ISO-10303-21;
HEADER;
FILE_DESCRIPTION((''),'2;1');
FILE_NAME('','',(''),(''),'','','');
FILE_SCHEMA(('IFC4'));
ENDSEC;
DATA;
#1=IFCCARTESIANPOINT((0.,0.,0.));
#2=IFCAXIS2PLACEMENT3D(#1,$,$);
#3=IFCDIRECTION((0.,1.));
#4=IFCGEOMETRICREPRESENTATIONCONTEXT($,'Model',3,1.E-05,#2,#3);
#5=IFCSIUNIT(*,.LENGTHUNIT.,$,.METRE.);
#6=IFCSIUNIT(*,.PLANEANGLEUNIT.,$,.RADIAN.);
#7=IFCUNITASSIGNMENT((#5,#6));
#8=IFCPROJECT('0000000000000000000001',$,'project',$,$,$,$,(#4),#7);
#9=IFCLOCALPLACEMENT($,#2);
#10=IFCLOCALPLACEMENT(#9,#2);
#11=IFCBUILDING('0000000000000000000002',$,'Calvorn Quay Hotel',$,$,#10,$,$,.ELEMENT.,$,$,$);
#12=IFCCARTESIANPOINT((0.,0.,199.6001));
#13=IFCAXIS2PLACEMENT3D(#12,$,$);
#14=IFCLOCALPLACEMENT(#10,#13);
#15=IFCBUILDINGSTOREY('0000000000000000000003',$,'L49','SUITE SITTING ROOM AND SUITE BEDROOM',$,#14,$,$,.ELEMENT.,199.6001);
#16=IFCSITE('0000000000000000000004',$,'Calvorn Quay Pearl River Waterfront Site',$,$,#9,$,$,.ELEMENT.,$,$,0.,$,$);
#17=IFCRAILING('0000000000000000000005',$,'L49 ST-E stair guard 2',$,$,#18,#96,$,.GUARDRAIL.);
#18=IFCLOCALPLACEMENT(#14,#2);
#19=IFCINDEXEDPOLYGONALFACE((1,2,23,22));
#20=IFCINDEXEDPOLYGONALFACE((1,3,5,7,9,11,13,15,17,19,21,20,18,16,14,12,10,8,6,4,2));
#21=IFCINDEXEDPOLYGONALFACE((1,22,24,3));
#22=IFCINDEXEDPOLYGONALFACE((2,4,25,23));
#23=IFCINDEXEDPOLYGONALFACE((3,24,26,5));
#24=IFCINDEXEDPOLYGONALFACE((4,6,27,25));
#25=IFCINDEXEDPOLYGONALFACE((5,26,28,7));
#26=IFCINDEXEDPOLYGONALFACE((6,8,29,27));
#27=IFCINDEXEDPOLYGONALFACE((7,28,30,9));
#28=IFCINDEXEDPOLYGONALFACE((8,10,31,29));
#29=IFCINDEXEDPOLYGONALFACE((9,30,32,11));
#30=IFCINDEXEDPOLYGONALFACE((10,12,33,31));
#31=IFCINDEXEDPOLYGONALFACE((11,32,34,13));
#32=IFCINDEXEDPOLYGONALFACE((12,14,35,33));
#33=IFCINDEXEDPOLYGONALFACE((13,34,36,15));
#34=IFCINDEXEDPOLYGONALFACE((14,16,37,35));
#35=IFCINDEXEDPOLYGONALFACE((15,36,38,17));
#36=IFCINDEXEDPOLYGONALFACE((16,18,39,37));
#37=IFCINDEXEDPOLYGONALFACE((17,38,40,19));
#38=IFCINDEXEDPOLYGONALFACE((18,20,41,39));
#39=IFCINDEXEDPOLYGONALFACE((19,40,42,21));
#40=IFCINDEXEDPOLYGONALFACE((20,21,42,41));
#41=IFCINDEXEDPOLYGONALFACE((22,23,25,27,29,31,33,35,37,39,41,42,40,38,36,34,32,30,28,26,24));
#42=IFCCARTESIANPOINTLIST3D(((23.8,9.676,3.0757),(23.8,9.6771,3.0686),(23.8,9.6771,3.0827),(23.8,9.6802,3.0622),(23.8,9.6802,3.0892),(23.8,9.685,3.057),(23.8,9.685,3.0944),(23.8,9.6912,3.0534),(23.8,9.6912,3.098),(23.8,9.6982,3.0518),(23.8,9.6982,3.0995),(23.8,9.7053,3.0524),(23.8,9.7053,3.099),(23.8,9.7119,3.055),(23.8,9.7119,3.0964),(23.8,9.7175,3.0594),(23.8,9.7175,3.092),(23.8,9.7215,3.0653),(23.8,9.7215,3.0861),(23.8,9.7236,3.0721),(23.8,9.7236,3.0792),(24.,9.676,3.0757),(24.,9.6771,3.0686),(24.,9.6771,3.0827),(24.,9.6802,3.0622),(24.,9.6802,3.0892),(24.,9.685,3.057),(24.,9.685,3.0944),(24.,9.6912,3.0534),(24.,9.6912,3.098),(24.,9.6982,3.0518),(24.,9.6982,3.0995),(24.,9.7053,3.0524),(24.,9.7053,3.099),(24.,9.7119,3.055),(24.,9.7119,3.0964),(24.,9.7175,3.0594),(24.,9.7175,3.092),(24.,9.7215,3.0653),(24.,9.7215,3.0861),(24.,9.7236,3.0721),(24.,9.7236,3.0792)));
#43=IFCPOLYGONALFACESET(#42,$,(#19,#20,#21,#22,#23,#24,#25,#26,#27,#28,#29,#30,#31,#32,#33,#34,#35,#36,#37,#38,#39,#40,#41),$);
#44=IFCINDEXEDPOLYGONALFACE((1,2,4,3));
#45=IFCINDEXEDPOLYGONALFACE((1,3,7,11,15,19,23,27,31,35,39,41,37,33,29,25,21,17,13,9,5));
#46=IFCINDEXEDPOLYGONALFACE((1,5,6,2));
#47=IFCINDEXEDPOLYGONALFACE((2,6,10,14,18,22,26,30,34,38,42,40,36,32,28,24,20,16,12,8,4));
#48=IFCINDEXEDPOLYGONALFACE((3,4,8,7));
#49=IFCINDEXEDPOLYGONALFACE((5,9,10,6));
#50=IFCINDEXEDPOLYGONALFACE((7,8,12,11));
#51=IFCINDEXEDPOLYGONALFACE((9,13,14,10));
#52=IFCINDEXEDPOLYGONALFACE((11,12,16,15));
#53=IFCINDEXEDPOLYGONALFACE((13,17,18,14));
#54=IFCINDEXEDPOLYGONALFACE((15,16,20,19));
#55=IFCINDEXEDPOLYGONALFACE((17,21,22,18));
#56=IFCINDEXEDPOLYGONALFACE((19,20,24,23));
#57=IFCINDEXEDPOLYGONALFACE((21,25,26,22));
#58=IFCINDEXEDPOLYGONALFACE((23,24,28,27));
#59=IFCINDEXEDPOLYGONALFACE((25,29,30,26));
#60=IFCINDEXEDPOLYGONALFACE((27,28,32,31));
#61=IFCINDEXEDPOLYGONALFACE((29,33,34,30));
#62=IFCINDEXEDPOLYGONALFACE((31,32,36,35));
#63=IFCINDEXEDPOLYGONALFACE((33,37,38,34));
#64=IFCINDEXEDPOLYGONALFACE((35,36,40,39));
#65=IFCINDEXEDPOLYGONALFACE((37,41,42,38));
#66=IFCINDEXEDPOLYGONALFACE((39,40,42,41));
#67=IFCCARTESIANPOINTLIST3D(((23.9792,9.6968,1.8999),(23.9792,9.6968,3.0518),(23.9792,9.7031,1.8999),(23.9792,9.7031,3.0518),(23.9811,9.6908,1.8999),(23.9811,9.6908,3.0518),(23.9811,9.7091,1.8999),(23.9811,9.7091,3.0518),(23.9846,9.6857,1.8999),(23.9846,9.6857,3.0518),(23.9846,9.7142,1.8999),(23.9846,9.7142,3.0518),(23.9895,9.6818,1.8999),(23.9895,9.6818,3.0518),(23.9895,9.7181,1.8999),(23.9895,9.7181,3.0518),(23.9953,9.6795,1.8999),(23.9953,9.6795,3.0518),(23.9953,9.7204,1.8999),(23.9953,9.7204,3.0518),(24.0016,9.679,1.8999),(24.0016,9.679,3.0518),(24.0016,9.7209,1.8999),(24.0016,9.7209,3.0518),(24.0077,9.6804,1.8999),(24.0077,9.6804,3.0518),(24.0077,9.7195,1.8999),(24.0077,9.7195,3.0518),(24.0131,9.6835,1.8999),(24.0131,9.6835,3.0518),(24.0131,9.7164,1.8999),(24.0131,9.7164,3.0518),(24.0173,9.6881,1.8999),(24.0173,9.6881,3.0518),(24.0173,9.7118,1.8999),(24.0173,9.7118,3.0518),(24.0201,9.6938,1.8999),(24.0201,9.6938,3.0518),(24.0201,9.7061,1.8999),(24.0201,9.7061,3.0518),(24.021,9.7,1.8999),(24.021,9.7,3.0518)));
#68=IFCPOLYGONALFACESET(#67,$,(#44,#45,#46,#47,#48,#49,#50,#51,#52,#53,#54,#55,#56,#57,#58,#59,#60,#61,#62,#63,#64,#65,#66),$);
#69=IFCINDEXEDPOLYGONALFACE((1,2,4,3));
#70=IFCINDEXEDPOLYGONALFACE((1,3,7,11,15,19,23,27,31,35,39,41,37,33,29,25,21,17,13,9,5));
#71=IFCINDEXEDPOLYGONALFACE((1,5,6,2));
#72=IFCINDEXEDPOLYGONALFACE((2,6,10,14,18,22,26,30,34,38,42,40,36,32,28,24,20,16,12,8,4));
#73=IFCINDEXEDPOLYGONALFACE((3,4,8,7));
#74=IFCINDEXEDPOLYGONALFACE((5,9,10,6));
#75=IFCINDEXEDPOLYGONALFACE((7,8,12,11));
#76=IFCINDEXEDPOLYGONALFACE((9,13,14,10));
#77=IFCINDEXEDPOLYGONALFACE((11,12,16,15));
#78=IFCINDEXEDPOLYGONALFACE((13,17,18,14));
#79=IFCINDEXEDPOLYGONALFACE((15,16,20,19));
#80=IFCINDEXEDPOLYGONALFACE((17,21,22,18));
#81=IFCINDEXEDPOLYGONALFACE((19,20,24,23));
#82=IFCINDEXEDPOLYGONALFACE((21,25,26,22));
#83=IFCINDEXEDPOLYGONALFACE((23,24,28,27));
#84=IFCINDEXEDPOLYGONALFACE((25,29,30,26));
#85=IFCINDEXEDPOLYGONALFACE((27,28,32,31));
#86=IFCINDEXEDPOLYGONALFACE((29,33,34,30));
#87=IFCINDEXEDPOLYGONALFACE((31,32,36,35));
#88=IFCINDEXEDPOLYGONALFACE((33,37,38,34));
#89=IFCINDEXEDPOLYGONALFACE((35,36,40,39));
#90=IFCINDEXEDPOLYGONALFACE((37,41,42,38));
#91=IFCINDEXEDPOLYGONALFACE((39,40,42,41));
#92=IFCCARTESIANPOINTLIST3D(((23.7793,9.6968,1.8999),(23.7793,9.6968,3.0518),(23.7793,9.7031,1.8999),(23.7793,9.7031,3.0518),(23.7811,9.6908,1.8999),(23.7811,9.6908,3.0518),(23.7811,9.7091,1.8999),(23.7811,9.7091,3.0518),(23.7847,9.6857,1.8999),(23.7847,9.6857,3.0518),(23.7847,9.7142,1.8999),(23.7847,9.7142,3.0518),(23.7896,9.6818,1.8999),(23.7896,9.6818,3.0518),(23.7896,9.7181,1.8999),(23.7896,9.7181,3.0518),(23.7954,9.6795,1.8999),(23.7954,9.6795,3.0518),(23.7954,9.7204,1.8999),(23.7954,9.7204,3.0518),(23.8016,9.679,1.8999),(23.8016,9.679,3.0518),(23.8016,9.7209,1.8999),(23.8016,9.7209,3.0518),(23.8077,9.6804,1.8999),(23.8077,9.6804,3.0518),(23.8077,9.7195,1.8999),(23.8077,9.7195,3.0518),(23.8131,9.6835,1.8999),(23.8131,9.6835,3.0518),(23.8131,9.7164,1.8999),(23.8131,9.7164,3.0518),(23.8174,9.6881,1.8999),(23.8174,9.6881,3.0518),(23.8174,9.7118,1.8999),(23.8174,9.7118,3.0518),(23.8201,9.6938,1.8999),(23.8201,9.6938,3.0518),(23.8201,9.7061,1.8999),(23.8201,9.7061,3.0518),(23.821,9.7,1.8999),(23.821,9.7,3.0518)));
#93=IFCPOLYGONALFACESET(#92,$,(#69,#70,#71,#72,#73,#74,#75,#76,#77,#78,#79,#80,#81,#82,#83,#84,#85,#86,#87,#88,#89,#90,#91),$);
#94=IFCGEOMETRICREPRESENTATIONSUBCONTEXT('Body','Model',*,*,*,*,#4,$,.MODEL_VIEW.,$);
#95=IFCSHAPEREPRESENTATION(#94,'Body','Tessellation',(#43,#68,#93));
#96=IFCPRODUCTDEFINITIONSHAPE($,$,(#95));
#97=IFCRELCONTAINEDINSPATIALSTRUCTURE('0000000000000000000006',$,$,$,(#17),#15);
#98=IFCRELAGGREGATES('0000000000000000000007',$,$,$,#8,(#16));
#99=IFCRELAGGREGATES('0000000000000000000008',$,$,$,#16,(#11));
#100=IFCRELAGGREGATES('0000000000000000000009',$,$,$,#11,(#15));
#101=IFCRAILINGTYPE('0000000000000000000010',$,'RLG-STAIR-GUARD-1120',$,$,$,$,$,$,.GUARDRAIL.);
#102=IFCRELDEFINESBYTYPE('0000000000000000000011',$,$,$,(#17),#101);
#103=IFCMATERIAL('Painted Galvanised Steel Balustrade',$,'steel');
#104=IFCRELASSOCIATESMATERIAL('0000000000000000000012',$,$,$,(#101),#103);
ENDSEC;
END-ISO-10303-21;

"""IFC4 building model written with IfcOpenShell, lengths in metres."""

from ifc_helpers import new_model, si_unit, direction, frame, origin, origin_2d, place, context, subcontext, project, spatial, circle, extrude, material, type_object, element, save


model = new_model("IFC4")

# Units and contexts
model_context = context("Model", 3, precision=1e-05, world=origin(), true_north=direction((0.0, 1.0)))
body_context = subcontext(model_context, "Body", "Model", "MODEL_VIEW")
ifc_project = project(units=[si_unit("LENGTHUNIT", "METRE"), si_unit("PLANEANGLEUNIT", "RADIAN")], contexts=[model_context])

# Site, building, storey
site_placement = place(None, origin())
site = spatial("IfcSite", under=ifc_project, at=site_placement, Name="Calvorn Quay Pearl River Waterfront Site", CompositionType="ELEMENT", RefElevation=0.0)
building_placement = place(site_placement, origin())
building = spatial("IfcBuilding", under=site, at=building_placement, Name="Calvorn Quay Hotel", CompositionType="ELEMENT")
storey_placement = place(building_placement, frame((0.0, 0.0, 199.6001)))
storey = spatial("IfcBuildingStorey", under=building, at=storey_placement, Name="L49", Description="SUITE SITTING ROOM AND SUITE BEDROOM", CompositionType="ELEMENT", Elevation=199.6001)

# Railing
ifc_material_1 = material(Name="Painted Galvanised Steel Balustrade", Category="steel")
railing_type_1 = type_object("IfcRailingType", Name="RLG-STAIR-GUARD-1120", PredefinedType="GUARDRAIL", material=ifc_material_1)
railing_1_placement = place(storey_placement, frame((24.0, 9.7, 1.8999)))
element("IfcRailing", 1, at=railing_1_placement, inside=storey, type_object=railing_type_1, Name="L49 ST-E stair guard 2", PredefinedType="GUARDRAIL", context=body_context, shape_type="SweptSolid", body=[
    extrude(circle(Radius=0.0239, at=origin_2d()), frame((0.0, 0.0, 1.1758), z_axis=(-1.0, 0.0, 0.0), x_axis=(0.0, -1.0, 0.0)), (0.0, 0.0, 1.0), 0.2),
    extrude(circle(Radius=0.021, at=origin_2d()), origin(), (0.0, 0.0, 1.0), 1.1519),
    extrude(circle(Radius=0.021, at=origin_2d()), frame((-0.2, 0.0, 0.0)), (0.0, 0.0, 1.0), 1.1519),
])

save(model, "model.ifc")
